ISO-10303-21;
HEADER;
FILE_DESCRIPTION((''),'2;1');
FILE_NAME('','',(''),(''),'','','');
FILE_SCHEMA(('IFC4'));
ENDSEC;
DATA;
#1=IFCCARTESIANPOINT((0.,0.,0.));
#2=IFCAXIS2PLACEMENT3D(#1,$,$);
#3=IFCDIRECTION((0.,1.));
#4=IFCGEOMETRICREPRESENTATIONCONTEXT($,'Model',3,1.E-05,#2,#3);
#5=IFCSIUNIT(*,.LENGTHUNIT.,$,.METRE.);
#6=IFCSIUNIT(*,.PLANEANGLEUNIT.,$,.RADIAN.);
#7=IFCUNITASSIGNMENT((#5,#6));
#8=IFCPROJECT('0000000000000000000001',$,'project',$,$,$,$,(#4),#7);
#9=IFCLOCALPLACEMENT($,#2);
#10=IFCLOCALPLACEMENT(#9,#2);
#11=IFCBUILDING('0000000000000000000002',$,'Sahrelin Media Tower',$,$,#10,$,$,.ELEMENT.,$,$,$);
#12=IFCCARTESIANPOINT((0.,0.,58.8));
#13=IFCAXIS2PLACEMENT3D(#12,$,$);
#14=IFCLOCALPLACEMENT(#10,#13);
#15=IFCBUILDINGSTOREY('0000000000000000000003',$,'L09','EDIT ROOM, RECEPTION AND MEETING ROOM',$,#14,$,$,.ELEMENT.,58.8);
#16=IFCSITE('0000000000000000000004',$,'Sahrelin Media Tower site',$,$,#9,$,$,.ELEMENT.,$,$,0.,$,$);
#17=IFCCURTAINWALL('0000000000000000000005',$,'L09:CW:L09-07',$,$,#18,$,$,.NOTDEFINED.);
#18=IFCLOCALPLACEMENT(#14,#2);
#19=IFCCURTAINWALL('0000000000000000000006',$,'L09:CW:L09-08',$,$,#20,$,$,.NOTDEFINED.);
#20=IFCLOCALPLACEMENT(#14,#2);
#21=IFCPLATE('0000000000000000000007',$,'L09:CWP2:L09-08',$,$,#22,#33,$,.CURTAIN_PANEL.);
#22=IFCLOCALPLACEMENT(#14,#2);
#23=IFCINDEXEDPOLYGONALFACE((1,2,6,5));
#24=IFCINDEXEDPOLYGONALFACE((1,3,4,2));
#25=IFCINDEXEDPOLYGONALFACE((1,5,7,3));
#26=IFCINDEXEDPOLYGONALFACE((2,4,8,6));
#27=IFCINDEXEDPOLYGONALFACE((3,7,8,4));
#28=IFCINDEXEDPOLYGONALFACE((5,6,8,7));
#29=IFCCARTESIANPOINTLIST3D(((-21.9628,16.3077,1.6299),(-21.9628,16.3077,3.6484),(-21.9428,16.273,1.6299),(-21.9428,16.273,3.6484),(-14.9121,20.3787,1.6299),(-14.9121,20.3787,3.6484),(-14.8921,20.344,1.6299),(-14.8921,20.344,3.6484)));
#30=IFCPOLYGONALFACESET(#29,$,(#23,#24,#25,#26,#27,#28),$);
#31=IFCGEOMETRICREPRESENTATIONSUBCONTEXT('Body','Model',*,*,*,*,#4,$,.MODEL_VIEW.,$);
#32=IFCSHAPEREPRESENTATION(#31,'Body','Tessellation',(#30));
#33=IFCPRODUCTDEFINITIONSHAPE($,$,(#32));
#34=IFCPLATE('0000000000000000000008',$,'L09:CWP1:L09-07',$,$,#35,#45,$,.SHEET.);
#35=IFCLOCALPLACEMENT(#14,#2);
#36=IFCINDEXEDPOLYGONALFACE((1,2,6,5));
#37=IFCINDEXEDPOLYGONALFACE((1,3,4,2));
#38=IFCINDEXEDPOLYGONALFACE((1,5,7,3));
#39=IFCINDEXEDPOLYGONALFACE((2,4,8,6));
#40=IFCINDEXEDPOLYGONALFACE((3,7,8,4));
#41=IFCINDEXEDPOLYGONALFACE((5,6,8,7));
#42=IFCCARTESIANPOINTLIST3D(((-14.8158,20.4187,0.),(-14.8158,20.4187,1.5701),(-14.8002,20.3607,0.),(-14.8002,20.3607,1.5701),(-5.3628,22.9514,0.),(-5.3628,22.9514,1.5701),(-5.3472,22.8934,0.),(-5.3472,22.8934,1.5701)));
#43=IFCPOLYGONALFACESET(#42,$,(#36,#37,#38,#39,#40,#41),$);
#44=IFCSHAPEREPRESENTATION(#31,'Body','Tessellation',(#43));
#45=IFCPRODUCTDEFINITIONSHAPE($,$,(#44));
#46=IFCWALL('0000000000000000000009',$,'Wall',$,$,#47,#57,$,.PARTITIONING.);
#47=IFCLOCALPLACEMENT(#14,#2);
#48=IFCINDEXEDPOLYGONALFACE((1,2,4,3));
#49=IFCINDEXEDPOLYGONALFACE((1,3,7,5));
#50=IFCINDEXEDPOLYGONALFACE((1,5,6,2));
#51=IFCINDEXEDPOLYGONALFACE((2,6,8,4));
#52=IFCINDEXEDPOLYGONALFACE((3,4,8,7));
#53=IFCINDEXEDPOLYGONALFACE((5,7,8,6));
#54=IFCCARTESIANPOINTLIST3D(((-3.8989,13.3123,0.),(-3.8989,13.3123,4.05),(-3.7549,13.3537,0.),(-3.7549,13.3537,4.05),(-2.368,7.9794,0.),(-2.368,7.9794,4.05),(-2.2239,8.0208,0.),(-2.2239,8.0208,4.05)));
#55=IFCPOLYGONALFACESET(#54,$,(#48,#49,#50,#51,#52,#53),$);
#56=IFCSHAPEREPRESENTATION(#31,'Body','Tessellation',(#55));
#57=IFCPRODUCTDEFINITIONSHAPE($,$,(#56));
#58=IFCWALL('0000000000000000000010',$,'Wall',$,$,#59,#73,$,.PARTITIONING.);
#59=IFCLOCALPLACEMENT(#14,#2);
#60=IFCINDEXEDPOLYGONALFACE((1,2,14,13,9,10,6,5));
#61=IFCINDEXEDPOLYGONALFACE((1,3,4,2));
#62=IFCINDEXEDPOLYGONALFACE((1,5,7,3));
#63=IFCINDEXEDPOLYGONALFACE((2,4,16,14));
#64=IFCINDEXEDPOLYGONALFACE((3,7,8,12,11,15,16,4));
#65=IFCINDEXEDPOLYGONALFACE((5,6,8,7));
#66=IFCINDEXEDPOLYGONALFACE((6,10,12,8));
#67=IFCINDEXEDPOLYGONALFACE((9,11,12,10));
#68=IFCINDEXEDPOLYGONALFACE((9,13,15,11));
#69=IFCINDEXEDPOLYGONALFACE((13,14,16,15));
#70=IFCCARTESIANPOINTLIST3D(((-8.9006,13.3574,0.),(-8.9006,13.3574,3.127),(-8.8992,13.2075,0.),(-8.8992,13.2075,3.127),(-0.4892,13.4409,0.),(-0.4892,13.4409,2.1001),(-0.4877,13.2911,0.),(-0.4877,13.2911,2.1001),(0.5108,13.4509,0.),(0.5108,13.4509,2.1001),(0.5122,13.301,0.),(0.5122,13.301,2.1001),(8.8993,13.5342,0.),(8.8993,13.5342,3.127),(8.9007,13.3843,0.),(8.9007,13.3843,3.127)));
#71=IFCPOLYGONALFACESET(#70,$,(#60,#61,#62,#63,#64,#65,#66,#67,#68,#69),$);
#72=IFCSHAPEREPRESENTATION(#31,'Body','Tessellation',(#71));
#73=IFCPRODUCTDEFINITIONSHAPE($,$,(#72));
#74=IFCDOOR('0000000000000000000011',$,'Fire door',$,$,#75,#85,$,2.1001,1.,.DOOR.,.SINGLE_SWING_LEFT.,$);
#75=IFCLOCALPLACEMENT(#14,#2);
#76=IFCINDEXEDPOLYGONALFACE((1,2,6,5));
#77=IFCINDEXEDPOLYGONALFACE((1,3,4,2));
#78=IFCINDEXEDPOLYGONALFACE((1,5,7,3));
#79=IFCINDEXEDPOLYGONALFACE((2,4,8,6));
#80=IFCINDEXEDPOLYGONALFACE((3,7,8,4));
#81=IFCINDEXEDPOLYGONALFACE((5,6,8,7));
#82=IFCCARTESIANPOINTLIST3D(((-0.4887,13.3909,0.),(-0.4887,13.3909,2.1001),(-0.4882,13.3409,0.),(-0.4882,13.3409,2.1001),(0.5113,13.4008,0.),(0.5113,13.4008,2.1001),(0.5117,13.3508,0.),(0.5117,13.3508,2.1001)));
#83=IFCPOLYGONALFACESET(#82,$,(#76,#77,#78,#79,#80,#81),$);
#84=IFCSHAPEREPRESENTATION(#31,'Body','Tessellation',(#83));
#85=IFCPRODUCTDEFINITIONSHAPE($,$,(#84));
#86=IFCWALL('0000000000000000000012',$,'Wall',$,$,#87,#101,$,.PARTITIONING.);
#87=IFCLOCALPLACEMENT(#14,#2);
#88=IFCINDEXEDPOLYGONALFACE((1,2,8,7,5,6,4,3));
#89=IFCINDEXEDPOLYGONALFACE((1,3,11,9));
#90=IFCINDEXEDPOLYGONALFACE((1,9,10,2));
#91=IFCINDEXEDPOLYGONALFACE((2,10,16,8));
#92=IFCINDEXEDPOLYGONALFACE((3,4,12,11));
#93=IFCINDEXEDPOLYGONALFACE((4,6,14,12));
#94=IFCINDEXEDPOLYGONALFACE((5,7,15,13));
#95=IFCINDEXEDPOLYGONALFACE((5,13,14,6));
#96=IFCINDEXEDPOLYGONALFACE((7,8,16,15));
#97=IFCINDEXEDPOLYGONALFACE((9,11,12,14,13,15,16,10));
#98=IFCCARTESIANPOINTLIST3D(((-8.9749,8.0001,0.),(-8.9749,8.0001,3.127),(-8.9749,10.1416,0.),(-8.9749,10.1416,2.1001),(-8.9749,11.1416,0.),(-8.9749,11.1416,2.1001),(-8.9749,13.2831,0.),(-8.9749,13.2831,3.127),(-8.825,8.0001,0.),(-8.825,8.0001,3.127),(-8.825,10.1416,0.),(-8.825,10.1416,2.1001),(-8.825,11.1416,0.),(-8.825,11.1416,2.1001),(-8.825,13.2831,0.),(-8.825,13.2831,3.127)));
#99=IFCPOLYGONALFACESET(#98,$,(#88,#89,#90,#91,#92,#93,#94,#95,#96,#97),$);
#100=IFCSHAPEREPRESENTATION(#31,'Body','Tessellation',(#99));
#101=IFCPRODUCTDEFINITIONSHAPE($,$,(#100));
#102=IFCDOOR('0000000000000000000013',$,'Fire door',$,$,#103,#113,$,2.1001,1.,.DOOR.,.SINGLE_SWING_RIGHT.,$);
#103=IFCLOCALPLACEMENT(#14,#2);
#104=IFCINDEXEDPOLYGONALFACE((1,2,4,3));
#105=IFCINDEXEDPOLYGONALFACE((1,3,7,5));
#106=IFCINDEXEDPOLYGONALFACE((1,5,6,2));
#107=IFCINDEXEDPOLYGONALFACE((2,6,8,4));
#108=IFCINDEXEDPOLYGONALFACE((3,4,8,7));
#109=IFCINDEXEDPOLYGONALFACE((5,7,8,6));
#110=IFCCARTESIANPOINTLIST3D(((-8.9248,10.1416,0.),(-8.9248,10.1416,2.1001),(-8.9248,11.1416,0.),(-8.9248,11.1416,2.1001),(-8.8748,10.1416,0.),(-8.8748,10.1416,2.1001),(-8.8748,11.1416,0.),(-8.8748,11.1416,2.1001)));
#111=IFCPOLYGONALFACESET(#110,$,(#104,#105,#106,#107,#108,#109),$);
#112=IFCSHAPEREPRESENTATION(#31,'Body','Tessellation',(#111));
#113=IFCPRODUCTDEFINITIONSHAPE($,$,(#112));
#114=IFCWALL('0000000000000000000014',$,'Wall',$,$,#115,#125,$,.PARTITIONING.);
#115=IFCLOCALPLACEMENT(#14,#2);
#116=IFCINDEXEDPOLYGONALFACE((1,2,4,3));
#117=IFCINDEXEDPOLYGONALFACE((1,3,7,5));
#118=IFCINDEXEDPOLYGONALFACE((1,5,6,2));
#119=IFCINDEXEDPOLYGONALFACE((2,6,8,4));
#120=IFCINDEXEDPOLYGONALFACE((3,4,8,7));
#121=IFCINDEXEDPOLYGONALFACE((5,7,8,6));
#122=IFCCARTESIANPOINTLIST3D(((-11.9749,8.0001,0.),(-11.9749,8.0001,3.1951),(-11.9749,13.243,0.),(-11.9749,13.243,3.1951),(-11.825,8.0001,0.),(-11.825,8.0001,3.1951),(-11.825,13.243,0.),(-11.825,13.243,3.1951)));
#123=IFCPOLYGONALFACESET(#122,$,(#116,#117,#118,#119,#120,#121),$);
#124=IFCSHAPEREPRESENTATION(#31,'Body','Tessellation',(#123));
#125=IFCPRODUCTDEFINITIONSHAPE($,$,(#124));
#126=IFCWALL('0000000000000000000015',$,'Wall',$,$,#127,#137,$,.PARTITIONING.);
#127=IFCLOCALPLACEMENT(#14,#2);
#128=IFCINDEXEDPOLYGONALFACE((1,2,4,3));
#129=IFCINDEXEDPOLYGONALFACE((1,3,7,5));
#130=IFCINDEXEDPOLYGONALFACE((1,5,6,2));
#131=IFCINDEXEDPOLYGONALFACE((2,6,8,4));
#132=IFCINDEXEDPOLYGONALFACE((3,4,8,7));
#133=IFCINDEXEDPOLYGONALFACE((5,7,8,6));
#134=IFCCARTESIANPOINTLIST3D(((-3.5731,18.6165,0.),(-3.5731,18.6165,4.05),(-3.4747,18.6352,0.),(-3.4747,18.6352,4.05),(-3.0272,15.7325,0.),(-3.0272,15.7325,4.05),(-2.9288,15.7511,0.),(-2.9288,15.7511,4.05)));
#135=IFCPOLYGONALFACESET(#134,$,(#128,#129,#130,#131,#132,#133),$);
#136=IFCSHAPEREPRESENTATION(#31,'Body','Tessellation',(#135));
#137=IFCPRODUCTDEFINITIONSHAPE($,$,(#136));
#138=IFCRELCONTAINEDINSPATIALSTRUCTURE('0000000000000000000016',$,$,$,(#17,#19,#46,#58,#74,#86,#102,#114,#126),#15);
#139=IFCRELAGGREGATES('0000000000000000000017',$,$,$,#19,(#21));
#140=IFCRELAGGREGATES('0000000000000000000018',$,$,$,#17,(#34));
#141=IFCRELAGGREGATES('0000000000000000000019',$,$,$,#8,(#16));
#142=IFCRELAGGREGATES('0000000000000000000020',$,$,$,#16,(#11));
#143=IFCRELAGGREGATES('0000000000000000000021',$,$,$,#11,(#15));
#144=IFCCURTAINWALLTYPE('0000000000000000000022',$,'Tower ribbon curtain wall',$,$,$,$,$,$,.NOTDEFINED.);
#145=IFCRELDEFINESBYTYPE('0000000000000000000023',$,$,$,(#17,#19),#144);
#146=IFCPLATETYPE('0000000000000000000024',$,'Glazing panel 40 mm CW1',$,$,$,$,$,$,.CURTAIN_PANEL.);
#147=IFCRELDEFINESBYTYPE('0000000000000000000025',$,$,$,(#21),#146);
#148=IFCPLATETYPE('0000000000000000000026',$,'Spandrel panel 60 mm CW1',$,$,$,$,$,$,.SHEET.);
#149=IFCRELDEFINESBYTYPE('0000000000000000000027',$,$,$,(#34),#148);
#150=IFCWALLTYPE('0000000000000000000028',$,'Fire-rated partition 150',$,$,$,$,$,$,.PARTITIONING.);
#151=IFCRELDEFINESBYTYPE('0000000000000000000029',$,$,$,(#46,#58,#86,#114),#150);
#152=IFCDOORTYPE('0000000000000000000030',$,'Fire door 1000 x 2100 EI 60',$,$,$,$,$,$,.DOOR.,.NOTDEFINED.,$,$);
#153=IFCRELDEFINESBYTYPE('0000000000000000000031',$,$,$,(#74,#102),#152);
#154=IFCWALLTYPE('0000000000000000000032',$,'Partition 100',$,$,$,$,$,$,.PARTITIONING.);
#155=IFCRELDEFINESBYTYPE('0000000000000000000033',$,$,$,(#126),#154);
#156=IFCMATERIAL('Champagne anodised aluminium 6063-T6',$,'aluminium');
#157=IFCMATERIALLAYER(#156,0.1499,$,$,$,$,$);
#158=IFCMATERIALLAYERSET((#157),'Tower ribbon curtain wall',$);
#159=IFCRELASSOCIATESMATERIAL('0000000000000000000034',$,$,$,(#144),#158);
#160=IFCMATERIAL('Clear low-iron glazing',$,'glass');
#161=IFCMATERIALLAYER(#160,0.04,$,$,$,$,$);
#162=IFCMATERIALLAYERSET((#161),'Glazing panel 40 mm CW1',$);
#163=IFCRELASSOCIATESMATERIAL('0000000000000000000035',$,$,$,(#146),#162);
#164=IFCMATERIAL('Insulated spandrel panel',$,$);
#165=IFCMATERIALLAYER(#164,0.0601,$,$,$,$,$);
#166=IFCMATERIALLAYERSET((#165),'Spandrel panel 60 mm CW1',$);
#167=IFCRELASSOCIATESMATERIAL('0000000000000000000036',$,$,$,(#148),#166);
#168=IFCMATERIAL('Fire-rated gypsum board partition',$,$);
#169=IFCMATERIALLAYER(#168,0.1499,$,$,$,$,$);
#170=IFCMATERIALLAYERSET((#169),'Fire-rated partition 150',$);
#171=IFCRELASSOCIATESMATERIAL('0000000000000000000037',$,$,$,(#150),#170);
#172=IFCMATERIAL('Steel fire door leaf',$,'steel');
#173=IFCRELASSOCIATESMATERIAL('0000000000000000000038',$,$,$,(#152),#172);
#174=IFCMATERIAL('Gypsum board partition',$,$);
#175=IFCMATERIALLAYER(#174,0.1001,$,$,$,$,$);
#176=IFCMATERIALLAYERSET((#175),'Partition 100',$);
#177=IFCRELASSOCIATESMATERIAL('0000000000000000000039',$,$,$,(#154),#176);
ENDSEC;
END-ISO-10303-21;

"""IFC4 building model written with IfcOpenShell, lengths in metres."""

from ifc_helpers import new_model, si_unit, direction, frame, frame_2d, origin, place, context, subcontext, project, spatial, polyline, rectangle, outline, extrude, material, layer, layer_set, type_object, element, fill, aggregate, save


model = new_model("IFC4")

# Units and contexts
model_context = context("Model", 3, precision=1e-05, world=origin(), true_north=direction((0.0, 1.0)))
body_context = subcontext(model_context, "Body", "Model", "MODEL_VIEW")
ifc_project = project(units=[si_unit("LENGTHUNIT", "METRE"), si_unit("PLANEANGLEUNIT", "RADIAN")], contexts=[model_context])

# Site, building, storey
site_placement = place(None, origin())
site = spatial("IfcSite", under=ifc_project, at=site_placement, Name="Sahrelin Media Tower site", CompositionType="ELEMENT", RefElevation=0.0)
building_placement = place(site_placement, origin())
building = spatial("IfcBuilding", under=site, at=building_placement, Name="Sahrelin Media Tower", CompositionType="ELEMENT")
storey_placement = place(building_placement, frame((0.0, 0.0, 58.8)))
storey = spatial("IfcBuildingStorey", under=building, at=storey_placement, Name="L09", Description="EDIT ROOM, RECEPTION AND MEETING ROOM", CompositionType="ELEMENT", Elevation=58.8)

# Curtain wall
ifc_material_1 = material(Name="Champagne anodised aluminium 6063-T6", Category="aluminium")
ifc_layer_1 = layer(ifc_material_1, 0.1499)
ifc_layer_set_1 = layer_set([ifc_layer_1], Name="Tower ribbon curtain wall")
curtain_wall_type = type_object("IfcCurtainWallType", Name="Tower ribbon curtain wall", PredefinedType="NOTDEFINED", material=ifc_layer_set_1)
curtain_wall_1_placement = place(storey_placement, frame((-10.084, 21.6658, 0.0), z_axis=(0.0, 0.0, 1.0), x_axis=(1.0, 0.0, 0.0)))
curtain_wall_1 = element("IfcCurtainWall", 1, at=curtain_wall_1_placement, inside=storey, type_object=curtain_wall_type, Name="L09:CW:L09-07", PredefinedType="NOTDEFINED")

# Curtain wall
curtain_wall_2_placement = place(storey_placement, frame((-18.4275, 18.3257, 0.0), z_axis=(0.0, 0.0, 1.0), x_axis=(1.0, 0.0, 0.0)))
curtain_wall_2 = element("IfcCurtainWall", 2, at=curtain_wall_2_placement, inside=storey, type_object=curtain_wall_type, Name="L09:CW:L09-08", PredefinedType="NOTDEFINED")

# Plates
ifc_material_2 = material(Name="Clear low-iron glazing", Category="glass")
ifc_layer_2 = layer(ifc_material_2, 0.04)
ifc_layer_set_2 = layer_set([ifc_layer_2], Name="Glazing panel 40 mm CW1")
plate_type_1 = type_object("IfcPlateType", Name="Glazing panel 40 mm CW1", PredefinedType="CURTAIN_PANEL", material=ifc_layer_set_2)
plate_1_placement = place(storey_placement, frame((-14.9121, 20.3787, 1.6299), z_axis=(-0.500025, 0.866011, 0.0), x_axis=(-0.866011, -0.500025, 0.0)))
plate_1 = element("IfcPlate", 3, at=plate_1_placement, type_object=plate_type_1, Name="L09:CWP2:L09-08", PredefinedType="CURTAIN_PANEL", context=body_context, shape_type="SweptSolid", body=[
    extrude(outline(polyline([(0.0, 0.0), (8.1416, 0.0), (8.1416, 2.0186), (0.0, 2.0186), (0.0, 0.0)])), origin(), (0.0, 0.0, -1.0), 0.04),
])
aggregate(curtain_wall_2, [plate_1])
ifc_material_3 = material(Name="Insulated spandrel panel")
ifc_layer_3 = layer(ifc_material_3, 0.0601)
ifc_layer_set_3 = layer_set([ifc_layer_3], Name="Spandrel panel 60 mm CW1")
plate_type_2 = type_object("IfcPlateType", Name="Spandrel panel 60 mm CW1", PredefinedType="SHEET", material=ifc_layer_set_3)
plate_2_placement = place(storey_placement, frame((-5.3628, 22.9514, 0.0), z_axis=(-0.258802, 0.96593, 0.0), x_axis=(-0.96593, -0.258802, 0.0)))
plate_2 = element("IfcPlate", 4, at=plate_2_placement, type_object=plate_type_2, Name="L09:CWP1:L09-07", PredefinedType="SHEET", context=body_context, shape_type="SweptSolid", body=[
    extrude(outline(polyline([(0.0, 0.0), (9.7864, 0.0), (9.7864, 1.5701), (0.0, 1.5701), (0.0, 0.0)])), origin(), (0.0, 0.0, -1.0), 0.0601),
])
aggregate(curtain_wall_1, [plate_2])

# Wall
ifc_material_4 = material(Name="Fire-rated gypsum board partition")
ifc_layer_4 = layer(ifc_material_4, 0.1499)
ifc_layer_set_4 = layer_set([ifc_layer_4], Name="Fire-rated partition 150")
wall_type_1 = type_object("IfcWallType", Name="Fire-rated partition 150", PredefinedType="PARTITIONING", material=ifc_layer_set_4)
wall_1_placement = place(storey_placement, frame((-3.8269, 13.333, 0.0), z_axis=(0.0, 0.0, 1.0), x_axis=(0.275936, -0.961176, 0.0)))
element("IfcWall", 5, at=wall_1_placement, inside=storey, type_object=wall_type_1, Name="Wall", PredefinedType="PARTITIONING", context=body_context, shape_type="SweptSolid", body=[
    extrude(rectangle(XDim=5.5483, YDim=0.1499, at=frame_2d((2.7742, 0.0))), origin(), (0.0, 0.0, 1.0), 4.05),
])

# Walls, openings, doors
wall_2_placement = place(storey_placement, frame((-8.8999, 13.2825, 0.0), z_axis=(0.0, 0.0, 1.0), x_axis=(0.999951, 0.00993, 0.0)))
wall_2 = element("IfcWall", 6, at=wall_2_placement, inside=storey, type_object=wall_type_1, Name="Wall", PredefinedType="PARTITIONING", context=body_context, shape_type="SweptSolid", body=[
    extrude(rectangle(XDim=17.8008, YDim=0.1499, at=frame_2d((8.9004, 0.0))), origin(), (0.0, 0.0, 1.0), 3.127),
])
opening_1_placement = place(wall_2_placement, frame((8.4119, 0.0, 0.0)))
opening_1 = element("IfcOpeningElement", 7, at=opening_1_placement, cuts=wall_2, PredefinedType="OPENING", context=body_context, shape_type="SweptSolid", body=[
    extrude(rectangle(XDim=1.0, YDim=2.1001, at=frame_2d((0.5, 1.05))), frame((0.0, 0.075, 0.0), z_axis=(0.0, -1.0, 0.0), x_axis=(1.0, 0.0, 0.0)), (0.0, 0.0, 1.0), 0.1499),
])
ifc_material_5 = material(Name="Steel fire door leaf", Category="steel")
door_type = type_object("IfcDoorType", Name="Fire door 1000 x 2100 EI 60", OperationType="NOTDEFINED", PredefinedType="DOOR", material=ifc_material_5)
door_1_placement = place(opening_1_placement, origin())
door_1 = element("IfcDoor", 8, at=door_1_placement, inside=storey, type_object=door_type, Name="Fire door", OperationType="SINGLE_SWING_LEFT", OverallHeight=2.1001, OverallWidth=1.0, PredefinedType="DOOR", context=body_context, shape_type="SweptSolid", body=[
    extrude(rectangle(XDim=1.0, YDim=2.1001, at=frame_2d((0.5, 1.05))), frame((0.0, 0.0249, 0.0), z_axis=(0.0, -1.0, 0.0), x_axis=(1.0, 0.0, 0.0)), (0.0, 0.0, 1.0), 0.05),
])
fill(opening_1, door_1)
wall_3_placement = place(storey_placement, frame((-8.8999, 8.0, 0.0), z_axis=(0.0, 0.0, 1.0), x_axis=(0.0, 1.0, 0.0)))
wall_3 = element("IfcWall", 9, at=wall_3_placement, inside=storey, type_object=wall_type_1, Name="Wall", PredefinedType="PARTITIONING", context=body_context, shape_type="SweptSolid", body=[
    extrude(rectangle(XDim=5.283, YDim=0.1499, at=frame_2d((2.6416, 0.0))), origin(), (0.0, 0.0, 1.0), 3.127),
])
opening_2_placement = place(wall_3_placement, frame((2.1416, 0.0, 0.0)))
opening_2 = element("IfcOpeningElement", 10, at=opening_2_placement, cuts=wall_3, PredefinedType="OPENING", context=body_context, shape_type="SweptSolid", body=[
    extrude(rectangle(XDim=1.0, YDim=2.1001, at=frame_2d((0.5, 1.05))), frame((0.0, 0.075, 0.0), z_axis=(0.0, -1.0, 0.0), x_axis=(1.0, 0.0, 0.0)), (0.0, 0.0, 1.0), 0.1499),
])
door_2_placement = place(opening_2_placement, origin())
door_2 = element("IfcDoor", 11, at=door_2_placement, inside=storey, type_object=door_type, Name="Fire door", OperationType="SINGLE_SWING_RIGHT", OverallHeight=2.1001, OverallWidth=1.0, PredefinedType="DOOR", context=body_context, shape_type="SweptSolid", body=[
    extrude(rectangle(XDim=1.0, YDim=2.1001, at=frame_2d((0.5, 1.05))), frame((0.0, 0.0249, 0.0), z_axis=(0.0, -1.0, 0.0), x_axis=(1.0, 0.0, 0.0)), (0.0, 0.0, 1.0), 0.05),
])
fill(opening_2, door_2)

# Walls
wall_4_placement = place(storey_placement, frame((-11.8999, 8.0, 0.0), z_axis=(0.0, 0.0, 1.0), x_axis=(0.0, 1.0, 0.0)))
element("IfcWall", 12, at=wall_4_placement, inside=storey, type_object=wall_type_1, Name="Wall", PredefinedType="PARTITIONING", context=body_context, shape_type="SweptSolid", body=[
    extrude(rectangle(XDim=5.2429, YDim=0.1499, at=frame_2d((2.6216, 0.0))), origin(), (0.0, 0.0, 1.0), 3.1951),
])
ifc_material_6 = material(Name="Gypsum board partition")
ifc_layer_5 = layer(ifc_material_6, 0.1001)
ifc_layer_set_5 = layer_set([ifc_layer_5], Name="Partition 100")
wall_type_2 = type_object("IfcWallType", Name="Partition 100", PredefinedType="PARTITIONING", material=ifc_layer_set_5)
wall_5_placement = place(storey_placement, frame((-3.5239, 18.626, 0.0), z_axis=(0.0, 0.0, 1.0), x_axis=(0.185981, -0.982553, 0.0)))
element("IfcWall", 13, at=wall_5_placement, inside=storey, type_object=wall_type_2, Name="Wall", PredefinedType="PARTITIONING", context=body_context, shape_type="SweptSolid", body=[
    extrude(rectangle(XDim=2.9353, YDim=0.1001, at=frame_2d((1.4678, 0.0))), origin(), (0.0, 0.0, 1.0), 4.05),
])

save(model, "model.ifc")
